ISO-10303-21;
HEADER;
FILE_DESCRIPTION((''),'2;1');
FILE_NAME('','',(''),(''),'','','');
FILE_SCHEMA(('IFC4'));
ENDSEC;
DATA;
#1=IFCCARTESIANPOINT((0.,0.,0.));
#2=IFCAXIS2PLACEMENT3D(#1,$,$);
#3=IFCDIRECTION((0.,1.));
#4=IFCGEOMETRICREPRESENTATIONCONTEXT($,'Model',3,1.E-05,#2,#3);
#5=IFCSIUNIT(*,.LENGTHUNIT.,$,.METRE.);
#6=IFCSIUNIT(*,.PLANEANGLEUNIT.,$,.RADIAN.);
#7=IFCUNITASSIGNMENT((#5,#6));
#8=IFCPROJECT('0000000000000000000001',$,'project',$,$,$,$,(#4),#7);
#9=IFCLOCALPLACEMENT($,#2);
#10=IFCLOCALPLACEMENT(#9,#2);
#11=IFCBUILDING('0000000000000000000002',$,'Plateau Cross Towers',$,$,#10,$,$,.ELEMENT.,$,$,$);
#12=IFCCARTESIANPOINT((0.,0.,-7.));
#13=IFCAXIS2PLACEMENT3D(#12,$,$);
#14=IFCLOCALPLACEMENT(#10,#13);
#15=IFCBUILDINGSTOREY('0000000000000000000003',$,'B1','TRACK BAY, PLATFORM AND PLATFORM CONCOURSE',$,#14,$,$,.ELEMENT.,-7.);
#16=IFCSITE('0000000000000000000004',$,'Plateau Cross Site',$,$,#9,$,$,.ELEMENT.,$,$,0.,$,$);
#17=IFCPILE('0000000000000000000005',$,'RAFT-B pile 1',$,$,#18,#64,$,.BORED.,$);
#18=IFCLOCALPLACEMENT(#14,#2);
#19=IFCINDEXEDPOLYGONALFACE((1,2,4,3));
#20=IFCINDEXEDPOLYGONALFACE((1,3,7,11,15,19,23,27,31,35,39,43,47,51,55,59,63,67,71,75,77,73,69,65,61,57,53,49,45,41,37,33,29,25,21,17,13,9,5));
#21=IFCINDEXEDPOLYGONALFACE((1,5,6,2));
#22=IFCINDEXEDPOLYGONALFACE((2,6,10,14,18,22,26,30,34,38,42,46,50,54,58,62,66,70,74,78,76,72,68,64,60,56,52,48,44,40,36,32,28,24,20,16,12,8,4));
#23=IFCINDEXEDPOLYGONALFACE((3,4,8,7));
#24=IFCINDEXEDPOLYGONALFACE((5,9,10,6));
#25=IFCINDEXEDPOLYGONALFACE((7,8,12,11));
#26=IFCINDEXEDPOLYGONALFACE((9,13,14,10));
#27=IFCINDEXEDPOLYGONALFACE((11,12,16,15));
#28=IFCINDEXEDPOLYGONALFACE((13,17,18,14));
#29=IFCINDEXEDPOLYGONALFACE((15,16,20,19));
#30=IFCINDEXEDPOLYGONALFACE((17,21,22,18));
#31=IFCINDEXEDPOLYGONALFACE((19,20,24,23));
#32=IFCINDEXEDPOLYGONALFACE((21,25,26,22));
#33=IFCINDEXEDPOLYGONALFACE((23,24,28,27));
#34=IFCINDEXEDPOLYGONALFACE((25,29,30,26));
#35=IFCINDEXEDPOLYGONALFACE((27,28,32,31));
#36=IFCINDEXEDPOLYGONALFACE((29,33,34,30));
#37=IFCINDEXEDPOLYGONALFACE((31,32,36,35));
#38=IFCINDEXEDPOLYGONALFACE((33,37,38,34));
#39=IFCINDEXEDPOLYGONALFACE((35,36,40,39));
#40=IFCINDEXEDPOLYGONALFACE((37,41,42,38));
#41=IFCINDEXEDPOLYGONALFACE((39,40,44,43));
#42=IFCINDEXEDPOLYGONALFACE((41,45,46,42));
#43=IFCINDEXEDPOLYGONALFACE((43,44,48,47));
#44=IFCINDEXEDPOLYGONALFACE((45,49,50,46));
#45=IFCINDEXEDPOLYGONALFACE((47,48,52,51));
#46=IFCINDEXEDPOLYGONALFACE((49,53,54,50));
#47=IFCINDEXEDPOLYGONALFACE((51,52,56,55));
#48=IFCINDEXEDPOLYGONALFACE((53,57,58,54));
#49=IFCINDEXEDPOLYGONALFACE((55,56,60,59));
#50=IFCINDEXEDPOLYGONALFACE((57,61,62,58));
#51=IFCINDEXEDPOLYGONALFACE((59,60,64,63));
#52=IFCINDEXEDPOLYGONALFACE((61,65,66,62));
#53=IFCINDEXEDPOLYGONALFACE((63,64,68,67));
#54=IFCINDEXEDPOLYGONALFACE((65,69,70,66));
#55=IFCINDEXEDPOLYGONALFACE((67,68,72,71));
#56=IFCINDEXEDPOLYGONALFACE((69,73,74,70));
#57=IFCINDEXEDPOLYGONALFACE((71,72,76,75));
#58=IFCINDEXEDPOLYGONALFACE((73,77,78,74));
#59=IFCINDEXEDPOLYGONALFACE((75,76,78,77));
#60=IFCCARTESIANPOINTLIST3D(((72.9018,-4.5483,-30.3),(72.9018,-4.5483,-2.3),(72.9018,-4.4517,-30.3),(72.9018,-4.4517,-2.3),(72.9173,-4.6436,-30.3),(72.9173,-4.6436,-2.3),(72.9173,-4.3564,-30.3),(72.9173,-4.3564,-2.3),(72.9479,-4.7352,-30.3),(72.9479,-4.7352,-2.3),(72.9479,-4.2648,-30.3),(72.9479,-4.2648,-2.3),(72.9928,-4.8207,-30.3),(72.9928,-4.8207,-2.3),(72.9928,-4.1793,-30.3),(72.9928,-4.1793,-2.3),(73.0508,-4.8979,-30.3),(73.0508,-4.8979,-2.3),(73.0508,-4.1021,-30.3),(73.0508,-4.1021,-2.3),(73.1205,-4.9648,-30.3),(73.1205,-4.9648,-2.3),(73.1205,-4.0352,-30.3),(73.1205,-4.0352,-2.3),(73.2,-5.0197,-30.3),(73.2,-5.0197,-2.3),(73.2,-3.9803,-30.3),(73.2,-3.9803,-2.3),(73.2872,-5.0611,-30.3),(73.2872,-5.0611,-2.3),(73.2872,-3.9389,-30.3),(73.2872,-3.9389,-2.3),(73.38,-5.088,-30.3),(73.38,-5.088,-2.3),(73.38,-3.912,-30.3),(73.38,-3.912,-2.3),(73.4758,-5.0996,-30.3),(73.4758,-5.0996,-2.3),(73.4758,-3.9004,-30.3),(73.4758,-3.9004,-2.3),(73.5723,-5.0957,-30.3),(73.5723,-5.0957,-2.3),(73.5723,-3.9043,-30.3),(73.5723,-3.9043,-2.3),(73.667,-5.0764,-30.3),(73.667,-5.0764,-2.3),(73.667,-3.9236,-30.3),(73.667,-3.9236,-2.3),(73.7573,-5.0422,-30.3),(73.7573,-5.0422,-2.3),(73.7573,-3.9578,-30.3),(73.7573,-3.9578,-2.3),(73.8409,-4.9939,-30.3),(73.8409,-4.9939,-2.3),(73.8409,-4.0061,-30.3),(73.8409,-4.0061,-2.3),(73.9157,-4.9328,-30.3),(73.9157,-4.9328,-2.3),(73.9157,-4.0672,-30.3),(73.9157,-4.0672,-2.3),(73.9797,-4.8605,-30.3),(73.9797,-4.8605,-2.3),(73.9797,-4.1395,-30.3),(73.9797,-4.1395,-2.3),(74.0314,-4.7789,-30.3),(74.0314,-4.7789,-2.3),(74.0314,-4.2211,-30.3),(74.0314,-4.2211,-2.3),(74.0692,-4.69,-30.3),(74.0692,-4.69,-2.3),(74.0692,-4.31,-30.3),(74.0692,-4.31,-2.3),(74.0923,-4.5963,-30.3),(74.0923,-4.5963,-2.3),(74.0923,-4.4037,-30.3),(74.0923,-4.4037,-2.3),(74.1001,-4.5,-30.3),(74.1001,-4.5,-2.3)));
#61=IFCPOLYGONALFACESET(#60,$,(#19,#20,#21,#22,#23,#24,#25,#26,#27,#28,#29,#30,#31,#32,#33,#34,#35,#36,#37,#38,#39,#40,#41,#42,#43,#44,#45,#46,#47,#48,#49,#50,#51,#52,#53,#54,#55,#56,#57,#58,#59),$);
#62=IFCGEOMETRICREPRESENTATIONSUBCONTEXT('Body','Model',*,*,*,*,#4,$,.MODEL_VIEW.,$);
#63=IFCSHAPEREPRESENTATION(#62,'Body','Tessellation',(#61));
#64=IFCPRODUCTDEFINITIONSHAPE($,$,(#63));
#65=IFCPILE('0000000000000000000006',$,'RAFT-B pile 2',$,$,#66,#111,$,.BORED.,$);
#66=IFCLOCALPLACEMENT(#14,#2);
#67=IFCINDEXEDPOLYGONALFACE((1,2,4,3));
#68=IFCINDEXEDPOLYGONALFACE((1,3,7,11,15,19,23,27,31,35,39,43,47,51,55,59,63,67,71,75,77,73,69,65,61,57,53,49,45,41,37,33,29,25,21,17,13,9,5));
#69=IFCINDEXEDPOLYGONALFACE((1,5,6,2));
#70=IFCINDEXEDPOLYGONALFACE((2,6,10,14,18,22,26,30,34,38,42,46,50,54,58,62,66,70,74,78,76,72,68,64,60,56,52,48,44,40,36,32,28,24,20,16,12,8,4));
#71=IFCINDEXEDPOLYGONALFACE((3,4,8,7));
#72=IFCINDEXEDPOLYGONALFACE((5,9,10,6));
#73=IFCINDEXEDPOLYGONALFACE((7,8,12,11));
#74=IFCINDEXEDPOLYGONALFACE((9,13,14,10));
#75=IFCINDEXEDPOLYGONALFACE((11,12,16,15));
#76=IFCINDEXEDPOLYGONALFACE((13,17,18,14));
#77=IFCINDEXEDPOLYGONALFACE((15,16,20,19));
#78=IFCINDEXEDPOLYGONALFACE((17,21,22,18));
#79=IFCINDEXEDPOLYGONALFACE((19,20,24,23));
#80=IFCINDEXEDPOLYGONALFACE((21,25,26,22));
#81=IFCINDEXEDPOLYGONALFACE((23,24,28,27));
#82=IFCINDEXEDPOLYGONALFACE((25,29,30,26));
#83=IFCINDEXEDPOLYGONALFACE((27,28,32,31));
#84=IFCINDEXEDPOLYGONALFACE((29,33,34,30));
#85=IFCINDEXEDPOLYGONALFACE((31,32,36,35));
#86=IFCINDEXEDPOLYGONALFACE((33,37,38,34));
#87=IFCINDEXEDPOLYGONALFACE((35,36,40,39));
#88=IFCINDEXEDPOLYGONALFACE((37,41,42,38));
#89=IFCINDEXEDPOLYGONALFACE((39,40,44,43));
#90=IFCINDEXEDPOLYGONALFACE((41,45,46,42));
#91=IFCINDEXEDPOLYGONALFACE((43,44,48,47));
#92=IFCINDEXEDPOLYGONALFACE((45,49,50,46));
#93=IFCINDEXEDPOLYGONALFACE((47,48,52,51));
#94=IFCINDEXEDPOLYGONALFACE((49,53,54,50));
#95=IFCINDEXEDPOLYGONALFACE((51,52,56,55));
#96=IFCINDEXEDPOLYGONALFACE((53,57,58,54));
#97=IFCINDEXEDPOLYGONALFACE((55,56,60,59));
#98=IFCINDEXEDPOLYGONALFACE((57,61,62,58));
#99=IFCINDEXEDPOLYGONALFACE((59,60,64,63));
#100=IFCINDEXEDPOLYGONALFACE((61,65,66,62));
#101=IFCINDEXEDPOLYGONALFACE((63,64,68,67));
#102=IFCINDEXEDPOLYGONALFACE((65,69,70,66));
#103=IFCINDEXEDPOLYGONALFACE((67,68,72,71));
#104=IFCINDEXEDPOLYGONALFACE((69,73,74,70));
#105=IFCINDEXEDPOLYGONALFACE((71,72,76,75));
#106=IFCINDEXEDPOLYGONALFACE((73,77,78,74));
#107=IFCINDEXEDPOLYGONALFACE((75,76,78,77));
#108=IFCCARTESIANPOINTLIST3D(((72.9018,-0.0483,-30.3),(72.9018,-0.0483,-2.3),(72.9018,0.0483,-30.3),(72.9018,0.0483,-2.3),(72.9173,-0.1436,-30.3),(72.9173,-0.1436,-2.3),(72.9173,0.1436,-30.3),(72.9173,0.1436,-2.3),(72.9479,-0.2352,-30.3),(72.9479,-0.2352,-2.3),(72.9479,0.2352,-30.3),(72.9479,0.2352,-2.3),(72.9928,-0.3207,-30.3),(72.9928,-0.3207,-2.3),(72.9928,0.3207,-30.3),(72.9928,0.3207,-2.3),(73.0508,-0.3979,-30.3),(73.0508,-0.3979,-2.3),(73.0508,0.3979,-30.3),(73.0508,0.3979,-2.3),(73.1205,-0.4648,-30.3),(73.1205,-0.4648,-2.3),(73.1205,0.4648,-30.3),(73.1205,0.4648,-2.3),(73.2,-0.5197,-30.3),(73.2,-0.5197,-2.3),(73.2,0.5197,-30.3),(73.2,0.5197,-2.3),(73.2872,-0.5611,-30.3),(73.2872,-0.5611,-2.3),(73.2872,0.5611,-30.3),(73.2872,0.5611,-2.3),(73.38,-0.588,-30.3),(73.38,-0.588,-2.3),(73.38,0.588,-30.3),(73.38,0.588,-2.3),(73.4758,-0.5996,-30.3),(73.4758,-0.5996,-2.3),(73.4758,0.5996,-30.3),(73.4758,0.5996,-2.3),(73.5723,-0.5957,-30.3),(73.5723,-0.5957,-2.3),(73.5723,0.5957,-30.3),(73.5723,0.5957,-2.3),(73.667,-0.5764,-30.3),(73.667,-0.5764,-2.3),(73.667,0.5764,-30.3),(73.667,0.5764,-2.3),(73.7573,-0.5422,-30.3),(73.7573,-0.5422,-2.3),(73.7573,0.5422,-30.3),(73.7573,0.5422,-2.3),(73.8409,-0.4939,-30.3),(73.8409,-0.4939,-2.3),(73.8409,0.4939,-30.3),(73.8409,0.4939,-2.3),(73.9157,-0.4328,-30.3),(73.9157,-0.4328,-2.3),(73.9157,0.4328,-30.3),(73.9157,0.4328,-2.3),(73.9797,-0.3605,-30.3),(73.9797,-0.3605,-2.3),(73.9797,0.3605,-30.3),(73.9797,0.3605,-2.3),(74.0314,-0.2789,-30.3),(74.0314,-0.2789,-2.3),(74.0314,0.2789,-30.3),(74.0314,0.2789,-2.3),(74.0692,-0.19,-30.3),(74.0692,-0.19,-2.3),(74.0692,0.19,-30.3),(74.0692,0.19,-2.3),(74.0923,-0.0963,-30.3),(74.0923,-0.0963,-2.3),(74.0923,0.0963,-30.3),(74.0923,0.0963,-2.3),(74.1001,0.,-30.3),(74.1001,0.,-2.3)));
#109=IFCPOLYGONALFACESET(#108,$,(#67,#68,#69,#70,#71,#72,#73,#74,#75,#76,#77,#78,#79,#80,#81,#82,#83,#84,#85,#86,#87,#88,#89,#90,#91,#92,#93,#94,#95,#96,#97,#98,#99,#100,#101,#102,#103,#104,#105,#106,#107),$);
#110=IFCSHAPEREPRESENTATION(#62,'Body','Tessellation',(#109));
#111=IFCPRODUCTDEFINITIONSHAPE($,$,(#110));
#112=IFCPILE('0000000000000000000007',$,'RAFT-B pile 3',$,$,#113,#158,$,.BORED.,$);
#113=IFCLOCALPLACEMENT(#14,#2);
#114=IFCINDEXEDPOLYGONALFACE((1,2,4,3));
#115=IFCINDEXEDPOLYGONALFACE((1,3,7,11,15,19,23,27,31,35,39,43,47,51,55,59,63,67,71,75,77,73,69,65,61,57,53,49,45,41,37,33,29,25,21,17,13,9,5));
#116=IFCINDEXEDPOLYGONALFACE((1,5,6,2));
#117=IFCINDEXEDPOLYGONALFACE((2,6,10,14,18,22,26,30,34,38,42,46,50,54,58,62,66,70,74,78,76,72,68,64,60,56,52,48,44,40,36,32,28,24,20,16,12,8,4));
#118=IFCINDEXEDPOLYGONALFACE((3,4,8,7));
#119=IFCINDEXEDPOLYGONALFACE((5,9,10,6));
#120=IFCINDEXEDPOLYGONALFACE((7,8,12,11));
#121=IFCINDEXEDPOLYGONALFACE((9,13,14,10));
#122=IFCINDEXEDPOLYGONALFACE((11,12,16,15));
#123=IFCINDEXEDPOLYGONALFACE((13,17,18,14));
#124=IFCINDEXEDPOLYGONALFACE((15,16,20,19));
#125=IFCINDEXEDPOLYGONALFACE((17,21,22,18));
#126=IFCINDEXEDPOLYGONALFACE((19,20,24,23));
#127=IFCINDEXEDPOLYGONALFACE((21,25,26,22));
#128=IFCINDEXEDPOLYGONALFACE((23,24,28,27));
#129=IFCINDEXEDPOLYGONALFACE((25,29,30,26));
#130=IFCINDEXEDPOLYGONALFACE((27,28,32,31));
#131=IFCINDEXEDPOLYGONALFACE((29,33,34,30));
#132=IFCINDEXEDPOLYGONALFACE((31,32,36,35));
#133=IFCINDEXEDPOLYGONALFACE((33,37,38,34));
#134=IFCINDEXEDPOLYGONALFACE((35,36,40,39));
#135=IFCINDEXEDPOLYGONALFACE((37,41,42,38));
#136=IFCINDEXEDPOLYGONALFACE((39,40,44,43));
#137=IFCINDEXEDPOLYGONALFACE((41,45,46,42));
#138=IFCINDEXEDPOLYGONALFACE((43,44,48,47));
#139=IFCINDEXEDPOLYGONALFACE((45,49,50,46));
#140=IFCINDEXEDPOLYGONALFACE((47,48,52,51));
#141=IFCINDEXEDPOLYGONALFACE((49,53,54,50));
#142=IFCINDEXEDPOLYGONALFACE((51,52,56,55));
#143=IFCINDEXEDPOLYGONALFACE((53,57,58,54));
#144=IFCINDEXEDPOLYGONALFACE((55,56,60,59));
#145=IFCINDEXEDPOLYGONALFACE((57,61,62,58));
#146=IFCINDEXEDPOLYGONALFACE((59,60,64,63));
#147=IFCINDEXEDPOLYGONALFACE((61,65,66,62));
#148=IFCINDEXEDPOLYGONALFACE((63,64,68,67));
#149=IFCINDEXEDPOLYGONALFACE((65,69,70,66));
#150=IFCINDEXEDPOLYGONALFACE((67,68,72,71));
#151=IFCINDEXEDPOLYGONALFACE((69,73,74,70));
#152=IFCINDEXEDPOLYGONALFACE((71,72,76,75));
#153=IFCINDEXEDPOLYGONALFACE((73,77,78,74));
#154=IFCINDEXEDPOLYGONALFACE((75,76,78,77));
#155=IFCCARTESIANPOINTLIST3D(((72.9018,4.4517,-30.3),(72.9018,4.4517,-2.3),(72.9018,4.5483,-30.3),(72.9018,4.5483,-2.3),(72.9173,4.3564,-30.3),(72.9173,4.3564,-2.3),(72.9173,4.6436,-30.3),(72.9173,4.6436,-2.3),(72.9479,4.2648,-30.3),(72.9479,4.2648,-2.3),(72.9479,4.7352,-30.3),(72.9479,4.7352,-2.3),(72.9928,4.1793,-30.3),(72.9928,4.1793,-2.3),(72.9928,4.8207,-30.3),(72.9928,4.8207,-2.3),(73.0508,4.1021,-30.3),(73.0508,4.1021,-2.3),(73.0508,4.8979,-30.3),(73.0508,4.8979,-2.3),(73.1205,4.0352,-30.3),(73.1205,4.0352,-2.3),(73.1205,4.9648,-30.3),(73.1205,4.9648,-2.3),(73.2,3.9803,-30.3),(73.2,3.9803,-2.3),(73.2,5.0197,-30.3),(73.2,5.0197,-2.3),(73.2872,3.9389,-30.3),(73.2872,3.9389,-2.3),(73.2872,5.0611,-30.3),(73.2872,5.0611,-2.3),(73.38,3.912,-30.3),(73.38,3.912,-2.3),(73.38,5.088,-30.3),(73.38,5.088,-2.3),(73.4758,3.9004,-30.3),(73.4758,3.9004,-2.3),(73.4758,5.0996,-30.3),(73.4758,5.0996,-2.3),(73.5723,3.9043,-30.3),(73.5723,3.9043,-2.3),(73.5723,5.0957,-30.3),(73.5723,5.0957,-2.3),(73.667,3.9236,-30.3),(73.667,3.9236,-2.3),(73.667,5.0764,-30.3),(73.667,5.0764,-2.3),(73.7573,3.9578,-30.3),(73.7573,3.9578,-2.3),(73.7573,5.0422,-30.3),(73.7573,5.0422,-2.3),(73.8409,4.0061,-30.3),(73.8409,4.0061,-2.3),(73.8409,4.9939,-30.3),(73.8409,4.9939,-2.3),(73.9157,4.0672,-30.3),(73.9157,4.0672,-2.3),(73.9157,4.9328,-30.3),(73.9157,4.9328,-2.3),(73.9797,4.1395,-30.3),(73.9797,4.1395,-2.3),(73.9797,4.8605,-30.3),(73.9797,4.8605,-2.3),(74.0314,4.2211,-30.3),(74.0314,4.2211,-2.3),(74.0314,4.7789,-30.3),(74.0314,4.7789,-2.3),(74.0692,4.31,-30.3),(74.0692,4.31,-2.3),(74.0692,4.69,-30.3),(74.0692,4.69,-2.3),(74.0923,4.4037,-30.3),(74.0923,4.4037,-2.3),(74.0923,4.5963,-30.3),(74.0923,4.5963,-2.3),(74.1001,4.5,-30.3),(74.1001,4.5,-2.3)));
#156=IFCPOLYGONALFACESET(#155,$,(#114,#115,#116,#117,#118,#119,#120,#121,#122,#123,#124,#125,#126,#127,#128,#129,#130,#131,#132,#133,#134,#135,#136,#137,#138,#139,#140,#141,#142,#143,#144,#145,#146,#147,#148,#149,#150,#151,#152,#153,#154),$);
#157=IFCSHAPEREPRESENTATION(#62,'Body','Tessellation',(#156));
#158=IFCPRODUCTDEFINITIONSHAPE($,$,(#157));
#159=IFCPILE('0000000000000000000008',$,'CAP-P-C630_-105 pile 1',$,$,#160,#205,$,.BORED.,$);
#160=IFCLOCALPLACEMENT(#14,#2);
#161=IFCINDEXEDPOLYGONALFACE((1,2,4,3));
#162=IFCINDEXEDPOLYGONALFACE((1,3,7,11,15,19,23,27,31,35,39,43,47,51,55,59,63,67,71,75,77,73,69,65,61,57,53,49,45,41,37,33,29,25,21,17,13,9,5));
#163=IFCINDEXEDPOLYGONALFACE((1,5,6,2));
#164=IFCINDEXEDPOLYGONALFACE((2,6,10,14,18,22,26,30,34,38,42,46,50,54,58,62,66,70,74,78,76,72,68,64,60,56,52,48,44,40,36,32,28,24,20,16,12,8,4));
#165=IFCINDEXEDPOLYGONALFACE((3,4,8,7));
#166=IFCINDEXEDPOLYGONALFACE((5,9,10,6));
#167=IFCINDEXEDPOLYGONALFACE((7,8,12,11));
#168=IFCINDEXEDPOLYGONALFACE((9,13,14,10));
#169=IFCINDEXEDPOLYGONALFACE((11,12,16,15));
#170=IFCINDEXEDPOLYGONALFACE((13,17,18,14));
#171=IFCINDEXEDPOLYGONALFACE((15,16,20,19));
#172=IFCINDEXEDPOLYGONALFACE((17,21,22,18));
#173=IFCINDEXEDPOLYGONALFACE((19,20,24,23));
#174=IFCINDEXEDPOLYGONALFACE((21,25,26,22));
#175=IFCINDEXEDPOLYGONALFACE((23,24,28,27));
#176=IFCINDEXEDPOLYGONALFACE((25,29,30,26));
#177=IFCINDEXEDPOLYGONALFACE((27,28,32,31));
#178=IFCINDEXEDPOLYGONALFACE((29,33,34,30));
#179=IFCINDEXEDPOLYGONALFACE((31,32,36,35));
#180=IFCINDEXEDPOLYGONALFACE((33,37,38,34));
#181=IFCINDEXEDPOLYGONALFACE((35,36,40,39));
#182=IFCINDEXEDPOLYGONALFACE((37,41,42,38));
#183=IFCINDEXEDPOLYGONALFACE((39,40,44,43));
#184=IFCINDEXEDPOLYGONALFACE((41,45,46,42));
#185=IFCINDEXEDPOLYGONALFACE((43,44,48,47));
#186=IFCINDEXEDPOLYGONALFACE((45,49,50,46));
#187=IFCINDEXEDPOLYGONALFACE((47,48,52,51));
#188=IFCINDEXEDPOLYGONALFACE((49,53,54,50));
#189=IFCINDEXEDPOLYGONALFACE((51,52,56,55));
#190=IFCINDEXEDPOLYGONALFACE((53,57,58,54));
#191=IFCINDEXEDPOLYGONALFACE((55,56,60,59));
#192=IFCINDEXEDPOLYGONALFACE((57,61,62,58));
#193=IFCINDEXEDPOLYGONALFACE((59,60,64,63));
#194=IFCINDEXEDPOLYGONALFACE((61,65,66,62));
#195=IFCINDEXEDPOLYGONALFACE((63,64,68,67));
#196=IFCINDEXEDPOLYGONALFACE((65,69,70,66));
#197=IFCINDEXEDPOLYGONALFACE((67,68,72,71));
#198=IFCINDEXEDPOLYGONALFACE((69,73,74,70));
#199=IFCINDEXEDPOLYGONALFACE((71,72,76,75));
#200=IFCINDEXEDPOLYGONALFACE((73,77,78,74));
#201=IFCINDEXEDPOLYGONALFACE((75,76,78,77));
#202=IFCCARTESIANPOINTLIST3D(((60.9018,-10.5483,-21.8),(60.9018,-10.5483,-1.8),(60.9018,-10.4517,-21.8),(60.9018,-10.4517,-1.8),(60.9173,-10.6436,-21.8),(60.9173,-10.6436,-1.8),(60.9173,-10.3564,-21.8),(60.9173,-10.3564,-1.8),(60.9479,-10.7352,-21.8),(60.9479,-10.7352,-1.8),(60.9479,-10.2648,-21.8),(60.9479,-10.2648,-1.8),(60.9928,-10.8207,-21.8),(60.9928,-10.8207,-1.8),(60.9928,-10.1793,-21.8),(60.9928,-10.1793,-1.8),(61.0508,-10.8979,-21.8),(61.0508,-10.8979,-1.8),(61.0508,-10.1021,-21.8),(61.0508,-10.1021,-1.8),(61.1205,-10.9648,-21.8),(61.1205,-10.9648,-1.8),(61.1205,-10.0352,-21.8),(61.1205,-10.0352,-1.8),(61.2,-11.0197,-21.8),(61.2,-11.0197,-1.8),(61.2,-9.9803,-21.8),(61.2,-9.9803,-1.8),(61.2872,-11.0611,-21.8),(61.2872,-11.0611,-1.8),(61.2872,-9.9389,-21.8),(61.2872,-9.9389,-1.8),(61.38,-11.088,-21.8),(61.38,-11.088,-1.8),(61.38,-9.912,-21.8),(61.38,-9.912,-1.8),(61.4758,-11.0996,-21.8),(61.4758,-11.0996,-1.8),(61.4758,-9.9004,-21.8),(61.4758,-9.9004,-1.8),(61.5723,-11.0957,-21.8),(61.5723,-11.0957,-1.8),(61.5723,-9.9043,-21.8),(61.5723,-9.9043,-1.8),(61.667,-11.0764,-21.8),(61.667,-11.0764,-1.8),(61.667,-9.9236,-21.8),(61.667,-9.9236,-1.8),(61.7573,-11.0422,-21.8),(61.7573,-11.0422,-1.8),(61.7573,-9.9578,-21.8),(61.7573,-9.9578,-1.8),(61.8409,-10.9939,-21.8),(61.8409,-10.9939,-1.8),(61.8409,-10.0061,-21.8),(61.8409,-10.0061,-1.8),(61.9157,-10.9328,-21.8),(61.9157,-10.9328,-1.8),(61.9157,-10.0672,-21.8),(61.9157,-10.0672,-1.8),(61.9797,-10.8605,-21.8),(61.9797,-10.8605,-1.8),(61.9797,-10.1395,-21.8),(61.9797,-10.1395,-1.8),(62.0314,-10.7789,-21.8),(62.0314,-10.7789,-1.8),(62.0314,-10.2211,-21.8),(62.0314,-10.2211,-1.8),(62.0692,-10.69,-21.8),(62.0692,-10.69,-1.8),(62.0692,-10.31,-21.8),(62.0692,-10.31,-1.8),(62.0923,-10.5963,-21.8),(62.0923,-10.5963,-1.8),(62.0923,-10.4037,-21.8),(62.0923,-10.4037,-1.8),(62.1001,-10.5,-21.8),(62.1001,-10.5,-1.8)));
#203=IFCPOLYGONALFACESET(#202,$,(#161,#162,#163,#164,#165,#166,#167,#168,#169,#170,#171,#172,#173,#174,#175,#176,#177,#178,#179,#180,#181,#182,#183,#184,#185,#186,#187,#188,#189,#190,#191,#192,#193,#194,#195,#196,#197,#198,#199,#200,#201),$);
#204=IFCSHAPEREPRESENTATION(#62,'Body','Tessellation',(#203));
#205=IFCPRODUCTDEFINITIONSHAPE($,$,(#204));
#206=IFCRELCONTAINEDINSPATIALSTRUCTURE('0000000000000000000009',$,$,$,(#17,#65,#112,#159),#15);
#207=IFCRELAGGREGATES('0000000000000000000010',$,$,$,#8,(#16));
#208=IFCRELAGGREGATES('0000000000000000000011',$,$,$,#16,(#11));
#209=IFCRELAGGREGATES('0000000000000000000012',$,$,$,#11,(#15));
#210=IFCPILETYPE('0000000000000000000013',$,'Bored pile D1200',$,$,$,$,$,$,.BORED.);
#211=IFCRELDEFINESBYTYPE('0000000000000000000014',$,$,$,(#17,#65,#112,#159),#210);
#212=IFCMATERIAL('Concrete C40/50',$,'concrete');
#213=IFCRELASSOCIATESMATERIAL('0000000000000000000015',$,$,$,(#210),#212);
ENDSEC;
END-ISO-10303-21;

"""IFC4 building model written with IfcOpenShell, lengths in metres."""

from ifc_helpers import new_model, si_unit, direction, frame, origin, origin_2d, place, context, subcontext, project, spatial, circle, extrude, material, material_profile, profile_set, type_object, element, save


model = new_model("IFC4")

# Units and contexts
model_context = context("Model", 3, precision=1e-05, world=origin(), true_north=direction((0.0, 1.0)))
body_context = subcontext(model_context, "Body", "Model", "MODEL_VIEW")
ifc_project = project(units=[si_unit("LENGTHUNIT", "METRE"), si_unit("PLANEANGLEUNIT", "RADIAN")], contexts=[model_context])

# Site, building, storey
site_placement = place(None, origin())
site = spatial("IfcSite", under=ifc_project, at=site_placement, Name="Plateau Cross Site", CompositionType="ELEMENT", RefElevation=0.0)
building_placement = place(site_placement, origin())
building = spatial("IfcBuilding", under=site, at=building_placement, Name="Plateau Cross Towers", CompositionType="ELEMENT")
storey_placement = place(building_placement, frame((0.0, 0.0, -7.0)))
storey = spatial("IfcBuildingStorey", under=building, at=storey_placement, Name="B1", Description="TRACK BAY, PLATFORM AND PLATFORM CONCOURSE", CompositionType="ELEMENT", Elevation=-7.0)

# Piles
ifc_material_1 = material(Name="Concrete C40/50", Category="concrete")
ifc_material_profile_1 = material_profile(ifc_material_1, circle(Radius=0.6001, at=origin_2d()), Name="Bored pile D1200")
ifc_profile_set_1 = profile_set([ifc_material_profile_1], Name="Concrete C40/50")
pile_type = type_object("IfcPileType", Name="Bored pile D1200", PredefinedType="BORED", material=ifc_profile_set_1)
for number, where, z_axis, x_axis, name in (
    (1, (73.5, -4.5, -2.3), (0.0, 0.0, -1.0), (1.0, 0.0, 0.0), "RAFT-B pile 1"),
    (2, (73.5, 0.0, -2.3), (0.0, 0.0, -1.0), (1.0, 0.0, 0.0), "RAFT-B pile 2"),
    (3, (73.5, 4.5, -2.3), (0.0, 0.0, -1.0), (1.0, 0.0, 0.0), "RAFT-B pile 3"),
):
    element("IfcPile", number, at=place(storey_placement, frame(where, z_axis=z_axis, x_axis=x_axis)), inside=storey, type_object=pile_type, Name=name, PredefinedType="BORED", context=body_context, shape_type="SweptSolid", body=[
        extrude(circle(Radius=0.6001, at=origin_2d()), origin(), (0.0, 0.0, 1.0), 28.0),
    ])
for number, where, z_axis, x_axis, name in (
    (4, (61.5, -10.5, -1.8), (0.0, 0.0, -1.0), (1.0, 0.0, 0.0), "CAP-P-C630_-105 pile 1"),
):
    element("IfcPile", number, at=place(storey_placement, frame(where, z_axis=z_axis, x_axis=x_axis)), inside=storey, type_object=pile_type, Name=name, PredefinedType="BORED", context=body_context, shape_type="SweptSolid", body=[
        extrude(circle(Radius=0.6001, at=origin_2d()), origin(), (0.0, 0.0, 1.0), 20.0),
    ])

save(model, "model.ifc")
